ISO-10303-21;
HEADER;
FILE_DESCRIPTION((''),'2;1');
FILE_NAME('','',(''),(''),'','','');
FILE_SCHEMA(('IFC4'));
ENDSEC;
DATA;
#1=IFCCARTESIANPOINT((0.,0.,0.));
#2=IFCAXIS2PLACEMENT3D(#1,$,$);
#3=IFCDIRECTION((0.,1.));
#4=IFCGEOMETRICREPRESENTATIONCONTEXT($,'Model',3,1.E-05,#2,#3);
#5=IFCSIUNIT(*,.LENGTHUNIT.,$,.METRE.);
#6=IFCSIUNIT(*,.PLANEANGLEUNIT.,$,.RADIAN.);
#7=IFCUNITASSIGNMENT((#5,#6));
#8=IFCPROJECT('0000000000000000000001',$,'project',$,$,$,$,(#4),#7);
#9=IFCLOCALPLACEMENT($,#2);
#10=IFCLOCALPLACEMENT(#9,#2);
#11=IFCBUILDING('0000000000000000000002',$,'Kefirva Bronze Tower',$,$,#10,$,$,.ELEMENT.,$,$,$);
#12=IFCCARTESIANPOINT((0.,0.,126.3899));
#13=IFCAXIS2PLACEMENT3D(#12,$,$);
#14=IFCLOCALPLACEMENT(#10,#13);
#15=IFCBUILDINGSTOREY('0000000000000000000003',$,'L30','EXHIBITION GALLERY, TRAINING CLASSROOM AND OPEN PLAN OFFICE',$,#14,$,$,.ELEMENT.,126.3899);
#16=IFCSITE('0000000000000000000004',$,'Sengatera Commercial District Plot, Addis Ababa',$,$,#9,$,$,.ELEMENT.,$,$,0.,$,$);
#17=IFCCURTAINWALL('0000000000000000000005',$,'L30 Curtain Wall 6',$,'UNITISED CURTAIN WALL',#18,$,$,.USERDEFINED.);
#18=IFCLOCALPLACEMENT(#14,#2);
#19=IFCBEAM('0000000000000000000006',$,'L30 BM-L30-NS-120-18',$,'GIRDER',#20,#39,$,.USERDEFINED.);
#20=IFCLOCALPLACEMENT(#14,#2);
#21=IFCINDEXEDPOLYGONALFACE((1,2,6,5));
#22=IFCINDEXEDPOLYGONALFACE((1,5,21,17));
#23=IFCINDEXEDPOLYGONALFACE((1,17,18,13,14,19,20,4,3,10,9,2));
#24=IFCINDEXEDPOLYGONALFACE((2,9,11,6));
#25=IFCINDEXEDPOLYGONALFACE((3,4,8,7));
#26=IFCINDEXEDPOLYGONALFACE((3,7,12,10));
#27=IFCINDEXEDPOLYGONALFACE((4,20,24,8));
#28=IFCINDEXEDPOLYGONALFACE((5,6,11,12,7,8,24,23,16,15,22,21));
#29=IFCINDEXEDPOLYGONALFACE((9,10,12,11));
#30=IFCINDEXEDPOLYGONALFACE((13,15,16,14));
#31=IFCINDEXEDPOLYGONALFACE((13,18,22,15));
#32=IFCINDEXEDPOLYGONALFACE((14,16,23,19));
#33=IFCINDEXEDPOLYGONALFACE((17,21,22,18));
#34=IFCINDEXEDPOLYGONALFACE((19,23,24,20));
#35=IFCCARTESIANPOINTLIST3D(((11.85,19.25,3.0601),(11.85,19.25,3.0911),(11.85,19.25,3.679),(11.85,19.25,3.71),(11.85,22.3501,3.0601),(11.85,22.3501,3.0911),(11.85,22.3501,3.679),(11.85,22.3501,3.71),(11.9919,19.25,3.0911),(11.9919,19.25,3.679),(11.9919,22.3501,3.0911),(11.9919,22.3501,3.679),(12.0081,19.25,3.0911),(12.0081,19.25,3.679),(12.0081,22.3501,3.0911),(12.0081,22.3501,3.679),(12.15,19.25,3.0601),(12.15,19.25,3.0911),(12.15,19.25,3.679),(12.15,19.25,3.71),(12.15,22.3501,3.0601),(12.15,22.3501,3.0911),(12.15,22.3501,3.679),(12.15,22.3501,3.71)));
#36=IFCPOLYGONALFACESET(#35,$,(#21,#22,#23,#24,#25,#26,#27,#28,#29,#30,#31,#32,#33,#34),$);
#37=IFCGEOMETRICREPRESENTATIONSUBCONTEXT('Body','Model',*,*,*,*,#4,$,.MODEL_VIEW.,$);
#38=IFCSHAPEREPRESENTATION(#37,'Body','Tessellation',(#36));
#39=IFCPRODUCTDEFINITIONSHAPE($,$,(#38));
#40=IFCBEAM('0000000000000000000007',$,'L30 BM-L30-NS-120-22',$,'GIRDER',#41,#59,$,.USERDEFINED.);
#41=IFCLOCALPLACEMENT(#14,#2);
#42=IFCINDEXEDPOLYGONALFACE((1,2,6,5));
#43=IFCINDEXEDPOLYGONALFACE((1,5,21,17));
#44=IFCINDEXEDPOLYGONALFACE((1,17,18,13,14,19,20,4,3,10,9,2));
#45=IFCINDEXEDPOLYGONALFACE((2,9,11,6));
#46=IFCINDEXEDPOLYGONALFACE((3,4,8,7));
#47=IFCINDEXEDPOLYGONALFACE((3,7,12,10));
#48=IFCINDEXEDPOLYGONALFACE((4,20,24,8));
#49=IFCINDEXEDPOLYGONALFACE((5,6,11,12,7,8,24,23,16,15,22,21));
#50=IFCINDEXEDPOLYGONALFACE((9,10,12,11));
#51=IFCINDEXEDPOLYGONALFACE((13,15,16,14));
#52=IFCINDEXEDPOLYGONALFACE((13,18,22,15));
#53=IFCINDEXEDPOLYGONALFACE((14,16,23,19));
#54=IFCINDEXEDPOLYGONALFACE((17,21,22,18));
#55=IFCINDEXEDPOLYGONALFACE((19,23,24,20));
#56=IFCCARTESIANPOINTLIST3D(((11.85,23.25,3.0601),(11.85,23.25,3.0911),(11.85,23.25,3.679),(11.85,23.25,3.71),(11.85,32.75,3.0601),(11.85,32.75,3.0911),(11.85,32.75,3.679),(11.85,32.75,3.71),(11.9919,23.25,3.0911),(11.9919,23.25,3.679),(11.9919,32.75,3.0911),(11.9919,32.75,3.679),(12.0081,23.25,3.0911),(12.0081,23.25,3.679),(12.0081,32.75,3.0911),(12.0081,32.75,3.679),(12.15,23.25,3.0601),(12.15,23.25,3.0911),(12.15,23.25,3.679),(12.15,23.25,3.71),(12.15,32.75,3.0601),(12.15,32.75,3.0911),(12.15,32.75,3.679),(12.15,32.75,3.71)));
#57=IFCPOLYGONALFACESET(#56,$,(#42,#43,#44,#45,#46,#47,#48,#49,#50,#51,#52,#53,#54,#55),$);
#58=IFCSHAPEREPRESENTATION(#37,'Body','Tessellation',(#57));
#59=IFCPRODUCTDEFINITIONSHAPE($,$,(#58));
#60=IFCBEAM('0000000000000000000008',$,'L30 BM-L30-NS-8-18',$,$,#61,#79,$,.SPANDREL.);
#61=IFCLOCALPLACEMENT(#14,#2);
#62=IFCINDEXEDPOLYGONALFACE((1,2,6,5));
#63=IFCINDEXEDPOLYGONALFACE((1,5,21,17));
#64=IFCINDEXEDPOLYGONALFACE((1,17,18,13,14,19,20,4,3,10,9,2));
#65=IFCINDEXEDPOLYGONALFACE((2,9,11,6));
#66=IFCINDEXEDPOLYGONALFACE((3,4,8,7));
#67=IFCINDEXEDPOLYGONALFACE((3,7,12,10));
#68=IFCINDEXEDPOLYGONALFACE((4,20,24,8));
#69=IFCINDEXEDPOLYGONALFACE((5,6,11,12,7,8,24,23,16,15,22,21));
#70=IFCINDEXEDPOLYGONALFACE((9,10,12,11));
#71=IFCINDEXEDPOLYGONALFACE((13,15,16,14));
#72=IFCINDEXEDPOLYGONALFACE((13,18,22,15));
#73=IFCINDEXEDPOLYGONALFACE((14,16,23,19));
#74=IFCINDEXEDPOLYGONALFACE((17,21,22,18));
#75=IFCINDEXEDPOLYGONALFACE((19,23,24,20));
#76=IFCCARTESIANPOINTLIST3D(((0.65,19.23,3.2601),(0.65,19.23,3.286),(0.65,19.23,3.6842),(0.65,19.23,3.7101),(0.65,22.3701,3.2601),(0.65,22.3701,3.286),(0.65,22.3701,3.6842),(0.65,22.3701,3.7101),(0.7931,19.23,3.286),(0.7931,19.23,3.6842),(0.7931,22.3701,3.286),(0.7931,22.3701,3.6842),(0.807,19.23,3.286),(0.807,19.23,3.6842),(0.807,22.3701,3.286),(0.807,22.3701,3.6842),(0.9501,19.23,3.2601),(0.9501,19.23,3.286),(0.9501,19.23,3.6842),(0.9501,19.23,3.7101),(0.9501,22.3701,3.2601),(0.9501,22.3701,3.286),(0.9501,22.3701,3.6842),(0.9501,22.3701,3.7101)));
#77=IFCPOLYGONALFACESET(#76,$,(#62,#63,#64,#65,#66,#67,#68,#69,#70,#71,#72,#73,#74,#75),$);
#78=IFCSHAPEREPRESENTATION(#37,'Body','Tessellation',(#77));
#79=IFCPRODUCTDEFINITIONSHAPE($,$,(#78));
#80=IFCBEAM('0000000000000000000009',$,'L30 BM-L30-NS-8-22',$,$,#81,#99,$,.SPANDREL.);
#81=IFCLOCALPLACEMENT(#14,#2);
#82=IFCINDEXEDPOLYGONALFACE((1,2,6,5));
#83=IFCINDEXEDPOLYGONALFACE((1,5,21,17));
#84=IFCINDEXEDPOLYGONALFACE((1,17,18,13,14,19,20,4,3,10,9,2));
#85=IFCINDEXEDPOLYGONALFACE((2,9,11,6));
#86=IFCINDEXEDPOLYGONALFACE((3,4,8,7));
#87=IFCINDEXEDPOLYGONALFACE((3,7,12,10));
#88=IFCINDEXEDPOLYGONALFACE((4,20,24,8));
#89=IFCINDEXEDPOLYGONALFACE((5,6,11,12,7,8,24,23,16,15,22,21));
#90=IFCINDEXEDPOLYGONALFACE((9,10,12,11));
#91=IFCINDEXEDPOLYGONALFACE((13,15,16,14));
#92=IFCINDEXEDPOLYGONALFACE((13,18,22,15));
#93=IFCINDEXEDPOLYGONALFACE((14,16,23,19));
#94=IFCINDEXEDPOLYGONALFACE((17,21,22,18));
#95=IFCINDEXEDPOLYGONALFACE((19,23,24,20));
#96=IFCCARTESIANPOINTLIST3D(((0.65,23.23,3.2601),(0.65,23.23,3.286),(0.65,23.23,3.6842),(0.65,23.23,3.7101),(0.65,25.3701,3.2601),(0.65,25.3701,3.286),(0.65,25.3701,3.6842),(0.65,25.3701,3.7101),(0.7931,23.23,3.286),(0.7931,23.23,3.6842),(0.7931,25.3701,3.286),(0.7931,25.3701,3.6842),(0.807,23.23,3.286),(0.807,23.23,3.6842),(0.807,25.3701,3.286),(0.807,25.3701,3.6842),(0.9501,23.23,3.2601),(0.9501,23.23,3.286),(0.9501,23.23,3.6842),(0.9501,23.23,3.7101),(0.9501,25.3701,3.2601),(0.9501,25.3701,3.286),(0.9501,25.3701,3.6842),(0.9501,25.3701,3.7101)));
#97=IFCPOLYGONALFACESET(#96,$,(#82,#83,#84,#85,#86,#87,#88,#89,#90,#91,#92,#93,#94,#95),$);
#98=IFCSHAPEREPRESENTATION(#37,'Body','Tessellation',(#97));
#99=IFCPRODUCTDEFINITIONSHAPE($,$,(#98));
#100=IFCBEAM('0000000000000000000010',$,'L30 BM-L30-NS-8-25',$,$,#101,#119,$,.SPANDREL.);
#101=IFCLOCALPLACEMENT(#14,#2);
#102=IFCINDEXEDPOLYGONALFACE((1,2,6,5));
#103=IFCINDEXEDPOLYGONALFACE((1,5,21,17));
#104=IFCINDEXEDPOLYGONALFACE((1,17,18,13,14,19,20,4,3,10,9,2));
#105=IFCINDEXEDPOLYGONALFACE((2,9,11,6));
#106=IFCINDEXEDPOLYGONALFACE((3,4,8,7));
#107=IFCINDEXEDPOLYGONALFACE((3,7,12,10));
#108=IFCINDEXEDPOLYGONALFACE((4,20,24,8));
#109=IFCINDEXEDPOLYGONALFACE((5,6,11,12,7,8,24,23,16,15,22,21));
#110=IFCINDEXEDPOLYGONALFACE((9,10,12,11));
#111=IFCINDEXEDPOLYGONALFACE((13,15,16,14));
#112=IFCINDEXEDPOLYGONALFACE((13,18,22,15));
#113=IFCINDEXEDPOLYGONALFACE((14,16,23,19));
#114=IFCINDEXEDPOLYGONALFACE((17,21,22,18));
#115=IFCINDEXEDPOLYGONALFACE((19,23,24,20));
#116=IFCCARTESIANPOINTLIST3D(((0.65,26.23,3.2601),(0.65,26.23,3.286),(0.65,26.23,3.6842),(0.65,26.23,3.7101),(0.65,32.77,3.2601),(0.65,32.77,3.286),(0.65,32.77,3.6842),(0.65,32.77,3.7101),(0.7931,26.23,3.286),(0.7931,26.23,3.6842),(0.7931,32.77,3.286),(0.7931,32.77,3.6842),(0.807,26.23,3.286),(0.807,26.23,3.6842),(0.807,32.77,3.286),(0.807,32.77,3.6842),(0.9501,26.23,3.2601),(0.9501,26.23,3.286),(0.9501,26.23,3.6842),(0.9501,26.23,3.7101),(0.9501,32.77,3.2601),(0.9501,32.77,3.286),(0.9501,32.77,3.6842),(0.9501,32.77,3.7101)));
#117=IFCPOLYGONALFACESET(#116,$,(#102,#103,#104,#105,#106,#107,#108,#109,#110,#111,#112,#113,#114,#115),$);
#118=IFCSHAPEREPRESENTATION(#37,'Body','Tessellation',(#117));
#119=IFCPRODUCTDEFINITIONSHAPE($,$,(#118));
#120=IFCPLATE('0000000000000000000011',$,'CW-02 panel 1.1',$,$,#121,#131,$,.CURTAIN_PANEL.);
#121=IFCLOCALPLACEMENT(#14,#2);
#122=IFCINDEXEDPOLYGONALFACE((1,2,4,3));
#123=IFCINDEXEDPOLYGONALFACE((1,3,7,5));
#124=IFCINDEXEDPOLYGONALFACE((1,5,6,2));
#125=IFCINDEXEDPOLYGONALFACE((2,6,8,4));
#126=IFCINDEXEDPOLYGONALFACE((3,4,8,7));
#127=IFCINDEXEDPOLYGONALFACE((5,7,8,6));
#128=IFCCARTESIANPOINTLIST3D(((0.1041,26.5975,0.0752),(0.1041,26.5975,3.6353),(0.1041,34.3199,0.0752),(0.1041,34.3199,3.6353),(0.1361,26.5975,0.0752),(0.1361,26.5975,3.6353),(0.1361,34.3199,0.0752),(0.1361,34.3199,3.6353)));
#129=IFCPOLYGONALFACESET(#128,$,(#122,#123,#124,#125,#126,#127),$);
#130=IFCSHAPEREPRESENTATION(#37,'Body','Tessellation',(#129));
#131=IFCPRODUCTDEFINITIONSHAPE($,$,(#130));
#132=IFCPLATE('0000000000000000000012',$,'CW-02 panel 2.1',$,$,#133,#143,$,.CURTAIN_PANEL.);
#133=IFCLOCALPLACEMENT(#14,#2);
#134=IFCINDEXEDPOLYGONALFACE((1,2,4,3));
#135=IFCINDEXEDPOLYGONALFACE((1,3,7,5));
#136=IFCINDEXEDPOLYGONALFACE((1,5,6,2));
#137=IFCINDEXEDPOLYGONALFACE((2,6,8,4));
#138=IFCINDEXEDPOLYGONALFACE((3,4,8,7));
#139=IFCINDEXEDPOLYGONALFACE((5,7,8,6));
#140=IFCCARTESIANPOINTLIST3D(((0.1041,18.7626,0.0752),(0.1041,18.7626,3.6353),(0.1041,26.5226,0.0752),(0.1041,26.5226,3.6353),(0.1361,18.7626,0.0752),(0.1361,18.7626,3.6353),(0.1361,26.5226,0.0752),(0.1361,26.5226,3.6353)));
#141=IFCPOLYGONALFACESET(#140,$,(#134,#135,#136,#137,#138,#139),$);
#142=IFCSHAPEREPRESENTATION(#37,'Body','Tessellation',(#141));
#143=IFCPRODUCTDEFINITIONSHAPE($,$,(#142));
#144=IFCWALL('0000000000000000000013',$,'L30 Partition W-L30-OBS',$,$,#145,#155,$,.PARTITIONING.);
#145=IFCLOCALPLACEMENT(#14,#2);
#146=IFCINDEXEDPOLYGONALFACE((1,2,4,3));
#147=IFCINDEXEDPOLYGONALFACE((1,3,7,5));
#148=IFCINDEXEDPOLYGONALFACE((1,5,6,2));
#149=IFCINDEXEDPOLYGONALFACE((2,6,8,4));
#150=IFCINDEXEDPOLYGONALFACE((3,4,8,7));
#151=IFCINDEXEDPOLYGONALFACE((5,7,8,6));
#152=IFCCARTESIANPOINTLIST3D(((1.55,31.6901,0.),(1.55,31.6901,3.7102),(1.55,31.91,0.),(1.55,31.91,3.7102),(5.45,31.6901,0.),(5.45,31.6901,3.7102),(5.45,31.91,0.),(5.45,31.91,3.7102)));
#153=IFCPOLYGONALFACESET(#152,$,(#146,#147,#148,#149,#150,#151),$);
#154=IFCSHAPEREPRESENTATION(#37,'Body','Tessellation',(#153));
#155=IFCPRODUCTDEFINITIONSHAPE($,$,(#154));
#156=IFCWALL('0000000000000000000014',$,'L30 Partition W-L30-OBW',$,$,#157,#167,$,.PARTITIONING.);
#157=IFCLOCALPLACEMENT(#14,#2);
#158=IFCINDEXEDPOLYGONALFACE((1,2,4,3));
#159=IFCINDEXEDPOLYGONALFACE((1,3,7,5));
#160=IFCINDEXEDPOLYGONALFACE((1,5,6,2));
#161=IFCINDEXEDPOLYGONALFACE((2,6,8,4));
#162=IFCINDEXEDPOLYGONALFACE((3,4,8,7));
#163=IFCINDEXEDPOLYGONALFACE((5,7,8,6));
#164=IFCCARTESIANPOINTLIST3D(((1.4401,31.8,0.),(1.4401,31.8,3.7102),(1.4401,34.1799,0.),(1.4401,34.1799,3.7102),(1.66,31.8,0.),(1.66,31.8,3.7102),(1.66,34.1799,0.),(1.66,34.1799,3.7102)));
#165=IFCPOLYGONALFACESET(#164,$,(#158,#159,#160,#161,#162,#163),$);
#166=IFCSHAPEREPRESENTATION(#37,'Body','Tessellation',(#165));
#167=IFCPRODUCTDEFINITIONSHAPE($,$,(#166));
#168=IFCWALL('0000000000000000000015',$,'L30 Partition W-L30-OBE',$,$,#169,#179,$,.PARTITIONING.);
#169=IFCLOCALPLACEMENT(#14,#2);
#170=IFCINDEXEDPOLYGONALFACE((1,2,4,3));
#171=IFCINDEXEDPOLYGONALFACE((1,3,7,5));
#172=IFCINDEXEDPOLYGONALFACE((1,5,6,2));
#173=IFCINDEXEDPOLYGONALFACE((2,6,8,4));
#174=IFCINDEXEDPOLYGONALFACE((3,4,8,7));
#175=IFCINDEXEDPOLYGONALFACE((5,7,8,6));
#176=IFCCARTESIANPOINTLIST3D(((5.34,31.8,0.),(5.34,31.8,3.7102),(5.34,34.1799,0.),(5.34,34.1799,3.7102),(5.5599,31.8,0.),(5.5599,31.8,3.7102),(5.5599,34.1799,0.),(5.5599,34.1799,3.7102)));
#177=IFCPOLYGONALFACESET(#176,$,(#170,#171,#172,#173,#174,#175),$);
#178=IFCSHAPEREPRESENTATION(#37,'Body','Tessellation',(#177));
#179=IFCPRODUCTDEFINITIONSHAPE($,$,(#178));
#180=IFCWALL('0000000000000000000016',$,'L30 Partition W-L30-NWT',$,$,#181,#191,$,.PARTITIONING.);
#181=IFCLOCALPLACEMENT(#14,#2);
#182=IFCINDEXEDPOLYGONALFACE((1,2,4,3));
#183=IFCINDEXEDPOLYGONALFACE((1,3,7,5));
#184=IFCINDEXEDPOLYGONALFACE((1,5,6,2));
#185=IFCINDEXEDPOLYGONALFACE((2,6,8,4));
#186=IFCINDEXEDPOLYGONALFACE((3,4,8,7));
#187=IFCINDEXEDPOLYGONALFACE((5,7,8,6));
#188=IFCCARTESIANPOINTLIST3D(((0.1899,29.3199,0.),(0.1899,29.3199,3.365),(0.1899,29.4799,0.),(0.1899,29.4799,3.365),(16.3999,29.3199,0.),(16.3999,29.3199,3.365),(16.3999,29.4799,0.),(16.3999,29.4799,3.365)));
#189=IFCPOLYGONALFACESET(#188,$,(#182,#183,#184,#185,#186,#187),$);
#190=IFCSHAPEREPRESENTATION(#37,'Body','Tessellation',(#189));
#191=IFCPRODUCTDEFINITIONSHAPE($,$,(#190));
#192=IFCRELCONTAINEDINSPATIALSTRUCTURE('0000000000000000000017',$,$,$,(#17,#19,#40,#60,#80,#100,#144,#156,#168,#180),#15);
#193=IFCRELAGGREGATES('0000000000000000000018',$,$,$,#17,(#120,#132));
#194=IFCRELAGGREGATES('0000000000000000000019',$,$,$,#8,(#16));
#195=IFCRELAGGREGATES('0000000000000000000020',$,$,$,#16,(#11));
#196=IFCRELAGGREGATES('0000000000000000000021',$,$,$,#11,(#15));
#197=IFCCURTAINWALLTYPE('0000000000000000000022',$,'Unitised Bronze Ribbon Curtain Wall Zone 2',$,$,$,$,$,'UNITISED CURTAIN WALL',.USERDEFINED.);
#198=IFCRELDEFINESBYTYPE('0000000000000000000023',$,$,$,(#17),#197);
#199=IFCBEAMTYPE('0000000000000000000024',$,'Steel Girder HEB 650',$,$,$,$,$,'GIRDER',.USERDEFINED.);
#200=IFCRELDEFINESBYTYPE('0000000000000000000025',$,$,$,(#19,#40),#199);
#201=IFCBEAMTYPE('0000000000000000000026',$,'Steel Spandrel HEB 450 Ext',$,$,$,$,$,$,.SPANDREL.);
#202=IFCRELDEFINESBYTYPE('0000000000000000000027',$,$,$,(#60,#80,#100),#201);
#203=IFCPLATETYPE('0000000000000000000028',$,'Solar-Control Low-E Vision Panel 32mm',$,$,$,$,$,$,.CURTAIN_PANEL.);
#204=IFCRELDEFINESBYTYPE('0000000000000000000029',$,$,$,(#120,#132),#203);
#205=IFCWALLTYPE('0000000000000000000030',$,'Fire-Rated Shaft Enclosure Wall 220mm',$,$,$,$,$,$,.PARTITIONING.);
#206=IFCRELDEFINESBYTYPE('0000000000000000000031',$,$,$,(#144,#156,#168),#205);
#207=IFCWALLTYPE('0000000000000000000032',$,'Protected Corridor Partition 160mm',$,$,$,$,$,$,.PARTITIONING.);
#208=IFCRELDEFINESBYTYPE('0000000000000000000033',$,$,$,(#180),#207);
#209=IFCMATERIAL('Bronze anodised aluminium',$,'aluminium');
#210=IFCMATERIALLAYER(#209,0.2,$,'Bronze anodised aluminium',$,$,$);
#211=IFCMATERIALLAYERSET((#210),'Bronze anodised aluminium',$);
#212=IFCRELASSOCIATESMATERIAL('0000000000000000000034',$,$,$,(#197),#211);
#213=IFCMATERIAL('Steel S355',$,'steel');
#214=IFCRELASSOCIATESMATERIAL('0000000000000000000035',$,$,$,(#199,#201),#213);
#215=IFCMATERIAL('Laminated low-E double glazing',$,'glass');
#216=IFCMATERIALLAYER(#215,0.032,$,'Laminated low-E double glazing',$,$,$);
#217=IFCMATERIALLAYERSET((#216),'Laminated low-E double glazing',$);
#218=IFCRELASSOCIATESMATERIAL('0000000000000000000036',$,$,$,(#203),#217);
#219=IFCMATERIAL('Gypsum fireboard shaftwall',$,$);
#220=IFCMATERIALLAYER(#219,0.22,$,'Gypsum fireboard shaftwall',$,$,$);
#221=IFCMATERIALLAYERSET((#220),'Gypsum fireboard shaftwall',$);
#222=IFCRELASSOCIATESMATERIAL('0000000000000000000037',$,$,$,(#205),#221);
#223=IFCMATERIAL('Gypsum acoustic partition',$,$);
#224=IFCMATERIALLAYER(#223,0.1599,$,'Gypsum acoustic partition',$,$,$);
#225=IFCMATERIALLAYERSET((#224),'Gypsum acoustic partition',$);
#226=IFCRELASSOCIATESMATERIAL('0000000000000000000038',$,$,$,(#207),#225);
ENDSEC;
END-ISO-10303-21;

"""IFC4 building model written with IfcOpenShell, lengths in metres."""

from ifc_helpers import new_model, si_unit, direction, frame, frame_2d, origin, origin_2d, place, context, subcontext, project, spatial, rectangle, i_section, extrude, material, layer, layer_set, material_profile, profile_set, type_object, element, aggregate, save


model = new_model("IFC4")

# Units and contexts
model_context = context("Model", 3, precision=1e-05, world=origin(), true_north=direction((0.0, 1.0)))
body_context = subcontext(model_context, "Body", "Model", "MODEL_VIEW")
ifc_project = project(units=[si_unit("LENGTHUNIT", "METRE"), si_unit("PLANEANGLEUNIT", "RADIAN")], contexts=[model_context])

# Site, building, storey
site_placement = place(None, origin())
site = spatial("IfcSite", under=ifc_project, at=site_placement, Name="Sengatera Commercial District Plot, Addis Ababa", CompositionType="ELEMENT", RefElevation=0.0)
building_placement = place(site_placement, origin())
building = spatial("IfcBuilding", under=site, at=building_placement, Name="Kefirva Bronze Tower", CompositionType="ELEMENT")
storey_placement = place(building_placement, frame((0.0, 0.0, 126.3899)))
storey = spatial("IfcBuildingStorey", under=building, at=storey_placement, Name="L30", Description="EXHIBITION GALLERY, TRAINING CLASSROOM AND OPEN PLAN OFFICE", CompositionType="ELEMENT", Elevation=126.3899)

# Curtain wall
ifc_material_1 = material(Name="Bronze anodised aluminium", Category="aluminium")
ifc_layer_1 = layer(ifc_material_1, 0.2, Name="Bronze anodised aluminium")
ifc_layer_set_1 = layer_set([ifc_layer_1], Name="Bronze anodised aluminium")
curtain_wall_type = type_object("IfcCurtainWallType", Name="Unitised Bronze Ribbon Curtain Wall Zone 2", ElementType="UNITISED CURTAIN WALL", PredefinedType="USERDEFINED", material=ifc_layer_set_1)
curtain_wall_placement = place(storey_placement, origin())
curtain_wall = element("IfcCurtainWall", 1, at=curtain_wall_placement, inside=storey, type_object=curtain_wall_type, Name="L30 Curtain Wall 6", ObjectType="UNITISED CURTAIN WALL", PredefinedType="USERDEFINED")

# Beams
ifc_material_2 = material(Name="Steel S355", Category="steel")
ifc_material_profile_1 = material_profile(ifc_material_2, i_section(OverallWidth=0.3, OverallDepth=0.6499, WebThickness=0.0161, FlangeThickness=0.031, at=origin_2d()), Name="HEB 650")
ifc_profile_set_1 = profile_set([ifc_material_profile_1], Name="Steel S355")
beam_type_1 = type_object("IfcBeamType", Name="Steel Girder HEB 650", ElementType="GIRDER", PredefinedType="USERDEFINED", material=ifc_profile_set_1)
beam_1_placement = place(storey_placement, frame((12.0, 19.25, 3.385), z_axis=(0.0, 1.0, 0.0), x_axis=(-1.0, 0.0, 0.0)))
element("IfcBeam", 2, at=beam_1_placement, inside=storey, type_object=beam_type_1, Name="L30 BM-L30-NS-120-18", ObjectType="GIRDER", PredefinedType="USERDEFINED", context=body_context, shape_type="SweptSolid", body=[
    extrude(i_section(OverallWidth=0.3, OverallDepth=0.6499, WebThickness=0.0161, FlangeThickness=0.031, at=origin_2d()), origin(), (0.0, 0.0, 1.0), 3.1001),
])
beam_2_placement = place(storey_placement, frame((12.0, 23.25, 3.385), z_axis=(0.0, 1.0, 0.0), x_axis=(-1.0, 0.0, 0.0)))
element("IfcBeam", 3, at=beam_2_placement, inside=storey, type_object=beam_type_1, Name="L30 BM-L30-NS-120-22", ObjectType="GIRDER", PredefinedType="USERDEFINED", context=body_context, shape_type="SweptSolid", body=[
    extrude(i_section(OverallWidth=0.3, OverallDepth=0.6499, WebThickness=0.0161, FlangeThickness=0.031, at=origin_2d()), origin(), (0.0, 0.0, 1.0), 9.5),
])
ifc_material_profile_2 = material_profile(ifc_material_2, i_section(OverallWidth=0.3, OverallDepth=0.45, WebThickness=0.0139, FlangeThickness=0.0259, at=origin_2d()), Name="HEB 450")
ifc_profile_set_2 = profile_set([ifc_material_profile_2], Name="Steel S355")
beam_type_2 = type_object("IfcBeamType", Name="Steel Spandrel HEB 450 Ext", PredefinedType="SPANDREL", material=ifc_profile_set_2)
beam_3_placement = place(storey_placement, frame((0.8, 19.23, 3.4851), z_axis=(0.0, 1.0, 0.0), x_axis=(-1.0, 0.0, 0.0)))
element("IfcBeam", 4, at=beam_3_placement, inside=storey, type_object=beam_type_2, Name="L30 BM-L30-NS-8-18", PredefinedType="SPANDREL", context=body_context, shape_type="SweptSolid", body=[
    extrude(i_section(OverallWidth=0.3, OverallDepth=0.45, WebThickness=0.0139, FlangeThickness=0.0259, at=origin_2d()), origin(), (0.0, 0.0, 1.0), 3.1401),
])
beam_4_placement = place(storey_placement, frame((0.8, 23.23, 3.4851), z_axis=(0.0, 1.0, 0.0), x_axis=(-1.0, 0.0, 0.0)))
element("IfcBeam", 5, at=beam_4_placement, inside=storey, type_object=beam_type_2, Name="L30 BM-L30-NS-8-22", PredefinedType="SPANDREL", context=body_context, shape_type="SweptSolid", body=[
    extrude(i_section(OverallWidth=0.3, OverallDepth=0.45, WebThickness=0.0139, FlangeThickness=0.0259, at=origin_2d()), origin(), (0.0, 0.0, 1.0), 2.1401),
])
beam_5_placement = place(storey_placement, frame((0.8, 26.23, 3.4851), z_axis=(0.0, 1.0, 0.0), x_axis=(-1.0, 0.0, 0.0)))
element("IfcBeam", 6, at=beam_5_placement, inside=storey, type_object=beam_type_2, Name="L30 BM-L30-NS-8-25", PredefinedType="SPANDREL", context=body_context, shape_type="SweptSolid", body=[
    extrude(i_section(OverallWidth=0.3, OverallDepth=0.45, WebThickness=0.0139, FlangeThickness=0.0259, at=origin_2d()), origin(), (0.0, 0.0, 1.0), 6.54),
])

# Plates
ifc_material_3 = material(Name="Laminated low-E double glazing", Category="glass")
ifc_layer_2 = layer(ifc_material_3, 0.032, Name="Laminated low-E double glazing")
ifc_layer_set_2 = layer_set([ifc_layer_2], Name="Laminated low-E double glazing")
plate_type = type_object("IfcPlateType", Name="Solar-Control Low-E Vision Panel 32mm", PredefinedType="CURTAIN_PANEL", material=ifc_layer_set_2)
plate_1_placement = place(storey_placement, frame((0.1201, 30.4587, 0.0752), z_axis=(0.0, 0.0, 1.0), x_axis=(0.0, -1.0, 0.0)))
plate_1 = element("IfcPlate", 7, at=plate_1_placement, type_object=plate_type, Name="CW-02 panel 1.1", PredefinedType="CURTAIN_PANEL", context=body_context, shape_type="SweptSolid", body=[
    extrude(rectangle(XDim=7.7224, YDim=0.032, at=origin_2d()), origin(), (0.0, 0.0, 1.0), 3.5601),
])
plate_2_placement = place(storey_placement, frame((0.1201, 22.6426, 0.0752), z_axis=(0.0, 0.0, 1.0), x_axis=(0.0, -1.0, 0.0)))
plate_2 = element("IfcPlate", 8, at=plate_2_placement, type_object=plate_type, Name="CW-02 panel 2.1", PredefinedType="CURTAIN_PANEL", context=body_context, shape_type="SweptSolid", body=[
    extrude(rectangle(XDim=7.76, YDim=0.032, at=origin_2d()), origin(), (0.0, 0.0, 1.0), 3.5601),
])
aggregate(curtain_wall, [plate_1, plate_2])

# Walls
ifc_material_4 = material(Name="Gypsum fireboard shaftwall")
ifc_layer_3 = layer(ifc_material_4, 0.22, Name="Gypsum fireboard shaftwall")
ifc_layer_set_3 = layer_set([ifc_layer_3], Name="Gypsum fireboard shaftwall")
wall_type_1 = type_object("IfcWallType", Name="Fire-Rated Shaft Enclosure Wall 220mm", PredefinedType="PARTITIONING", material=ifc_layer_set_3)
wall_1_placement = place(storey_placement, frame((1.55, 31.8, 0.0), z_axis=(0.0, 0.0, 1.0), x_axis=(1.0, 0.0, 0.0)))
element("IfcWall", 9, at=wall_1_placement, inside=storey, type_object=wall_type_1, Name="L30 Partition W-L30-OBS", PredefinedType="PARTITIONING", context=body_context, shape_type="SweptSolid", body=[
    extrude(rectangle(XDim=3.8999, YDim=0.22, at=frame_2d((1.95, 0.0))), origin(), (0.0, 0.0, 1.0), 3.7102),
])
for number, where, z_axis, x_axis, name in (
    (10, (1.55, 31.8, 0.0), (0.0, 0.0, 1.0), (0.0, 1.0, 0.0), "L30 Partition W-L30-OBW"),
    (11, (5.45, 31.8, 0.0), (0.0, 0.0, 1.0), (0.0, 1.0, 0.0), "L30 Partition W-L30-OBE"),
):
    element("IfcWall", number, at=place(storey_placement, frame(where, z_axis=z_axis, x_axis=x_axis)), inside=storey, type_object=wall_type_1, Name=name, PredefinedType="PARTITIONING", context=body_context, shape_type="SweptSolid", body=[
        extrude(rectangle(XDim=2.3799, YDim=0.22, at=frame_2d((1.1899, 0.0))), origin(), (0.0, 0.0, 1.0), 3.7102),
    ])
ifc_material_5 = material(Name="Gypsum acoustic partition")
ifc_layer_4 = layer(ifc_material_5, 0.1599, Name="Gypsum acoustic partition")
ifc_layer_set_4 = layer_set([ifc_layer_4], Name="Gypsum acoustic partition")
wall_type_2 = type_object("IfcWallType", Name="Protected Corridor Partition 160mm", PredefinedType="PARTITIONING", material=ifc_layer_set_4)
wall_2_placement = place(storey_placement, frame((0.1899, 29.3999, 0.0), z_axis=(0.0, 0.0, 1.0), x_axis=(1.0, 0.0, 0.0)))
element("IfcWall", 12, at=wall_2_placement, inside=storey, type_object=wall_type_2, Name="L30 Partition W-L30-NWT", PredefinedType="PARTITIONING", context=body_context, shape_type="SweptSolid", body=[
    extrude(rectangle(XDim=16.21, YDim=0.1599, at=frame_2d((8.105, 0.0))), origin(), (0.0, 0.0, 1.0), 3.365),
])

save(model, "model.ifc")
